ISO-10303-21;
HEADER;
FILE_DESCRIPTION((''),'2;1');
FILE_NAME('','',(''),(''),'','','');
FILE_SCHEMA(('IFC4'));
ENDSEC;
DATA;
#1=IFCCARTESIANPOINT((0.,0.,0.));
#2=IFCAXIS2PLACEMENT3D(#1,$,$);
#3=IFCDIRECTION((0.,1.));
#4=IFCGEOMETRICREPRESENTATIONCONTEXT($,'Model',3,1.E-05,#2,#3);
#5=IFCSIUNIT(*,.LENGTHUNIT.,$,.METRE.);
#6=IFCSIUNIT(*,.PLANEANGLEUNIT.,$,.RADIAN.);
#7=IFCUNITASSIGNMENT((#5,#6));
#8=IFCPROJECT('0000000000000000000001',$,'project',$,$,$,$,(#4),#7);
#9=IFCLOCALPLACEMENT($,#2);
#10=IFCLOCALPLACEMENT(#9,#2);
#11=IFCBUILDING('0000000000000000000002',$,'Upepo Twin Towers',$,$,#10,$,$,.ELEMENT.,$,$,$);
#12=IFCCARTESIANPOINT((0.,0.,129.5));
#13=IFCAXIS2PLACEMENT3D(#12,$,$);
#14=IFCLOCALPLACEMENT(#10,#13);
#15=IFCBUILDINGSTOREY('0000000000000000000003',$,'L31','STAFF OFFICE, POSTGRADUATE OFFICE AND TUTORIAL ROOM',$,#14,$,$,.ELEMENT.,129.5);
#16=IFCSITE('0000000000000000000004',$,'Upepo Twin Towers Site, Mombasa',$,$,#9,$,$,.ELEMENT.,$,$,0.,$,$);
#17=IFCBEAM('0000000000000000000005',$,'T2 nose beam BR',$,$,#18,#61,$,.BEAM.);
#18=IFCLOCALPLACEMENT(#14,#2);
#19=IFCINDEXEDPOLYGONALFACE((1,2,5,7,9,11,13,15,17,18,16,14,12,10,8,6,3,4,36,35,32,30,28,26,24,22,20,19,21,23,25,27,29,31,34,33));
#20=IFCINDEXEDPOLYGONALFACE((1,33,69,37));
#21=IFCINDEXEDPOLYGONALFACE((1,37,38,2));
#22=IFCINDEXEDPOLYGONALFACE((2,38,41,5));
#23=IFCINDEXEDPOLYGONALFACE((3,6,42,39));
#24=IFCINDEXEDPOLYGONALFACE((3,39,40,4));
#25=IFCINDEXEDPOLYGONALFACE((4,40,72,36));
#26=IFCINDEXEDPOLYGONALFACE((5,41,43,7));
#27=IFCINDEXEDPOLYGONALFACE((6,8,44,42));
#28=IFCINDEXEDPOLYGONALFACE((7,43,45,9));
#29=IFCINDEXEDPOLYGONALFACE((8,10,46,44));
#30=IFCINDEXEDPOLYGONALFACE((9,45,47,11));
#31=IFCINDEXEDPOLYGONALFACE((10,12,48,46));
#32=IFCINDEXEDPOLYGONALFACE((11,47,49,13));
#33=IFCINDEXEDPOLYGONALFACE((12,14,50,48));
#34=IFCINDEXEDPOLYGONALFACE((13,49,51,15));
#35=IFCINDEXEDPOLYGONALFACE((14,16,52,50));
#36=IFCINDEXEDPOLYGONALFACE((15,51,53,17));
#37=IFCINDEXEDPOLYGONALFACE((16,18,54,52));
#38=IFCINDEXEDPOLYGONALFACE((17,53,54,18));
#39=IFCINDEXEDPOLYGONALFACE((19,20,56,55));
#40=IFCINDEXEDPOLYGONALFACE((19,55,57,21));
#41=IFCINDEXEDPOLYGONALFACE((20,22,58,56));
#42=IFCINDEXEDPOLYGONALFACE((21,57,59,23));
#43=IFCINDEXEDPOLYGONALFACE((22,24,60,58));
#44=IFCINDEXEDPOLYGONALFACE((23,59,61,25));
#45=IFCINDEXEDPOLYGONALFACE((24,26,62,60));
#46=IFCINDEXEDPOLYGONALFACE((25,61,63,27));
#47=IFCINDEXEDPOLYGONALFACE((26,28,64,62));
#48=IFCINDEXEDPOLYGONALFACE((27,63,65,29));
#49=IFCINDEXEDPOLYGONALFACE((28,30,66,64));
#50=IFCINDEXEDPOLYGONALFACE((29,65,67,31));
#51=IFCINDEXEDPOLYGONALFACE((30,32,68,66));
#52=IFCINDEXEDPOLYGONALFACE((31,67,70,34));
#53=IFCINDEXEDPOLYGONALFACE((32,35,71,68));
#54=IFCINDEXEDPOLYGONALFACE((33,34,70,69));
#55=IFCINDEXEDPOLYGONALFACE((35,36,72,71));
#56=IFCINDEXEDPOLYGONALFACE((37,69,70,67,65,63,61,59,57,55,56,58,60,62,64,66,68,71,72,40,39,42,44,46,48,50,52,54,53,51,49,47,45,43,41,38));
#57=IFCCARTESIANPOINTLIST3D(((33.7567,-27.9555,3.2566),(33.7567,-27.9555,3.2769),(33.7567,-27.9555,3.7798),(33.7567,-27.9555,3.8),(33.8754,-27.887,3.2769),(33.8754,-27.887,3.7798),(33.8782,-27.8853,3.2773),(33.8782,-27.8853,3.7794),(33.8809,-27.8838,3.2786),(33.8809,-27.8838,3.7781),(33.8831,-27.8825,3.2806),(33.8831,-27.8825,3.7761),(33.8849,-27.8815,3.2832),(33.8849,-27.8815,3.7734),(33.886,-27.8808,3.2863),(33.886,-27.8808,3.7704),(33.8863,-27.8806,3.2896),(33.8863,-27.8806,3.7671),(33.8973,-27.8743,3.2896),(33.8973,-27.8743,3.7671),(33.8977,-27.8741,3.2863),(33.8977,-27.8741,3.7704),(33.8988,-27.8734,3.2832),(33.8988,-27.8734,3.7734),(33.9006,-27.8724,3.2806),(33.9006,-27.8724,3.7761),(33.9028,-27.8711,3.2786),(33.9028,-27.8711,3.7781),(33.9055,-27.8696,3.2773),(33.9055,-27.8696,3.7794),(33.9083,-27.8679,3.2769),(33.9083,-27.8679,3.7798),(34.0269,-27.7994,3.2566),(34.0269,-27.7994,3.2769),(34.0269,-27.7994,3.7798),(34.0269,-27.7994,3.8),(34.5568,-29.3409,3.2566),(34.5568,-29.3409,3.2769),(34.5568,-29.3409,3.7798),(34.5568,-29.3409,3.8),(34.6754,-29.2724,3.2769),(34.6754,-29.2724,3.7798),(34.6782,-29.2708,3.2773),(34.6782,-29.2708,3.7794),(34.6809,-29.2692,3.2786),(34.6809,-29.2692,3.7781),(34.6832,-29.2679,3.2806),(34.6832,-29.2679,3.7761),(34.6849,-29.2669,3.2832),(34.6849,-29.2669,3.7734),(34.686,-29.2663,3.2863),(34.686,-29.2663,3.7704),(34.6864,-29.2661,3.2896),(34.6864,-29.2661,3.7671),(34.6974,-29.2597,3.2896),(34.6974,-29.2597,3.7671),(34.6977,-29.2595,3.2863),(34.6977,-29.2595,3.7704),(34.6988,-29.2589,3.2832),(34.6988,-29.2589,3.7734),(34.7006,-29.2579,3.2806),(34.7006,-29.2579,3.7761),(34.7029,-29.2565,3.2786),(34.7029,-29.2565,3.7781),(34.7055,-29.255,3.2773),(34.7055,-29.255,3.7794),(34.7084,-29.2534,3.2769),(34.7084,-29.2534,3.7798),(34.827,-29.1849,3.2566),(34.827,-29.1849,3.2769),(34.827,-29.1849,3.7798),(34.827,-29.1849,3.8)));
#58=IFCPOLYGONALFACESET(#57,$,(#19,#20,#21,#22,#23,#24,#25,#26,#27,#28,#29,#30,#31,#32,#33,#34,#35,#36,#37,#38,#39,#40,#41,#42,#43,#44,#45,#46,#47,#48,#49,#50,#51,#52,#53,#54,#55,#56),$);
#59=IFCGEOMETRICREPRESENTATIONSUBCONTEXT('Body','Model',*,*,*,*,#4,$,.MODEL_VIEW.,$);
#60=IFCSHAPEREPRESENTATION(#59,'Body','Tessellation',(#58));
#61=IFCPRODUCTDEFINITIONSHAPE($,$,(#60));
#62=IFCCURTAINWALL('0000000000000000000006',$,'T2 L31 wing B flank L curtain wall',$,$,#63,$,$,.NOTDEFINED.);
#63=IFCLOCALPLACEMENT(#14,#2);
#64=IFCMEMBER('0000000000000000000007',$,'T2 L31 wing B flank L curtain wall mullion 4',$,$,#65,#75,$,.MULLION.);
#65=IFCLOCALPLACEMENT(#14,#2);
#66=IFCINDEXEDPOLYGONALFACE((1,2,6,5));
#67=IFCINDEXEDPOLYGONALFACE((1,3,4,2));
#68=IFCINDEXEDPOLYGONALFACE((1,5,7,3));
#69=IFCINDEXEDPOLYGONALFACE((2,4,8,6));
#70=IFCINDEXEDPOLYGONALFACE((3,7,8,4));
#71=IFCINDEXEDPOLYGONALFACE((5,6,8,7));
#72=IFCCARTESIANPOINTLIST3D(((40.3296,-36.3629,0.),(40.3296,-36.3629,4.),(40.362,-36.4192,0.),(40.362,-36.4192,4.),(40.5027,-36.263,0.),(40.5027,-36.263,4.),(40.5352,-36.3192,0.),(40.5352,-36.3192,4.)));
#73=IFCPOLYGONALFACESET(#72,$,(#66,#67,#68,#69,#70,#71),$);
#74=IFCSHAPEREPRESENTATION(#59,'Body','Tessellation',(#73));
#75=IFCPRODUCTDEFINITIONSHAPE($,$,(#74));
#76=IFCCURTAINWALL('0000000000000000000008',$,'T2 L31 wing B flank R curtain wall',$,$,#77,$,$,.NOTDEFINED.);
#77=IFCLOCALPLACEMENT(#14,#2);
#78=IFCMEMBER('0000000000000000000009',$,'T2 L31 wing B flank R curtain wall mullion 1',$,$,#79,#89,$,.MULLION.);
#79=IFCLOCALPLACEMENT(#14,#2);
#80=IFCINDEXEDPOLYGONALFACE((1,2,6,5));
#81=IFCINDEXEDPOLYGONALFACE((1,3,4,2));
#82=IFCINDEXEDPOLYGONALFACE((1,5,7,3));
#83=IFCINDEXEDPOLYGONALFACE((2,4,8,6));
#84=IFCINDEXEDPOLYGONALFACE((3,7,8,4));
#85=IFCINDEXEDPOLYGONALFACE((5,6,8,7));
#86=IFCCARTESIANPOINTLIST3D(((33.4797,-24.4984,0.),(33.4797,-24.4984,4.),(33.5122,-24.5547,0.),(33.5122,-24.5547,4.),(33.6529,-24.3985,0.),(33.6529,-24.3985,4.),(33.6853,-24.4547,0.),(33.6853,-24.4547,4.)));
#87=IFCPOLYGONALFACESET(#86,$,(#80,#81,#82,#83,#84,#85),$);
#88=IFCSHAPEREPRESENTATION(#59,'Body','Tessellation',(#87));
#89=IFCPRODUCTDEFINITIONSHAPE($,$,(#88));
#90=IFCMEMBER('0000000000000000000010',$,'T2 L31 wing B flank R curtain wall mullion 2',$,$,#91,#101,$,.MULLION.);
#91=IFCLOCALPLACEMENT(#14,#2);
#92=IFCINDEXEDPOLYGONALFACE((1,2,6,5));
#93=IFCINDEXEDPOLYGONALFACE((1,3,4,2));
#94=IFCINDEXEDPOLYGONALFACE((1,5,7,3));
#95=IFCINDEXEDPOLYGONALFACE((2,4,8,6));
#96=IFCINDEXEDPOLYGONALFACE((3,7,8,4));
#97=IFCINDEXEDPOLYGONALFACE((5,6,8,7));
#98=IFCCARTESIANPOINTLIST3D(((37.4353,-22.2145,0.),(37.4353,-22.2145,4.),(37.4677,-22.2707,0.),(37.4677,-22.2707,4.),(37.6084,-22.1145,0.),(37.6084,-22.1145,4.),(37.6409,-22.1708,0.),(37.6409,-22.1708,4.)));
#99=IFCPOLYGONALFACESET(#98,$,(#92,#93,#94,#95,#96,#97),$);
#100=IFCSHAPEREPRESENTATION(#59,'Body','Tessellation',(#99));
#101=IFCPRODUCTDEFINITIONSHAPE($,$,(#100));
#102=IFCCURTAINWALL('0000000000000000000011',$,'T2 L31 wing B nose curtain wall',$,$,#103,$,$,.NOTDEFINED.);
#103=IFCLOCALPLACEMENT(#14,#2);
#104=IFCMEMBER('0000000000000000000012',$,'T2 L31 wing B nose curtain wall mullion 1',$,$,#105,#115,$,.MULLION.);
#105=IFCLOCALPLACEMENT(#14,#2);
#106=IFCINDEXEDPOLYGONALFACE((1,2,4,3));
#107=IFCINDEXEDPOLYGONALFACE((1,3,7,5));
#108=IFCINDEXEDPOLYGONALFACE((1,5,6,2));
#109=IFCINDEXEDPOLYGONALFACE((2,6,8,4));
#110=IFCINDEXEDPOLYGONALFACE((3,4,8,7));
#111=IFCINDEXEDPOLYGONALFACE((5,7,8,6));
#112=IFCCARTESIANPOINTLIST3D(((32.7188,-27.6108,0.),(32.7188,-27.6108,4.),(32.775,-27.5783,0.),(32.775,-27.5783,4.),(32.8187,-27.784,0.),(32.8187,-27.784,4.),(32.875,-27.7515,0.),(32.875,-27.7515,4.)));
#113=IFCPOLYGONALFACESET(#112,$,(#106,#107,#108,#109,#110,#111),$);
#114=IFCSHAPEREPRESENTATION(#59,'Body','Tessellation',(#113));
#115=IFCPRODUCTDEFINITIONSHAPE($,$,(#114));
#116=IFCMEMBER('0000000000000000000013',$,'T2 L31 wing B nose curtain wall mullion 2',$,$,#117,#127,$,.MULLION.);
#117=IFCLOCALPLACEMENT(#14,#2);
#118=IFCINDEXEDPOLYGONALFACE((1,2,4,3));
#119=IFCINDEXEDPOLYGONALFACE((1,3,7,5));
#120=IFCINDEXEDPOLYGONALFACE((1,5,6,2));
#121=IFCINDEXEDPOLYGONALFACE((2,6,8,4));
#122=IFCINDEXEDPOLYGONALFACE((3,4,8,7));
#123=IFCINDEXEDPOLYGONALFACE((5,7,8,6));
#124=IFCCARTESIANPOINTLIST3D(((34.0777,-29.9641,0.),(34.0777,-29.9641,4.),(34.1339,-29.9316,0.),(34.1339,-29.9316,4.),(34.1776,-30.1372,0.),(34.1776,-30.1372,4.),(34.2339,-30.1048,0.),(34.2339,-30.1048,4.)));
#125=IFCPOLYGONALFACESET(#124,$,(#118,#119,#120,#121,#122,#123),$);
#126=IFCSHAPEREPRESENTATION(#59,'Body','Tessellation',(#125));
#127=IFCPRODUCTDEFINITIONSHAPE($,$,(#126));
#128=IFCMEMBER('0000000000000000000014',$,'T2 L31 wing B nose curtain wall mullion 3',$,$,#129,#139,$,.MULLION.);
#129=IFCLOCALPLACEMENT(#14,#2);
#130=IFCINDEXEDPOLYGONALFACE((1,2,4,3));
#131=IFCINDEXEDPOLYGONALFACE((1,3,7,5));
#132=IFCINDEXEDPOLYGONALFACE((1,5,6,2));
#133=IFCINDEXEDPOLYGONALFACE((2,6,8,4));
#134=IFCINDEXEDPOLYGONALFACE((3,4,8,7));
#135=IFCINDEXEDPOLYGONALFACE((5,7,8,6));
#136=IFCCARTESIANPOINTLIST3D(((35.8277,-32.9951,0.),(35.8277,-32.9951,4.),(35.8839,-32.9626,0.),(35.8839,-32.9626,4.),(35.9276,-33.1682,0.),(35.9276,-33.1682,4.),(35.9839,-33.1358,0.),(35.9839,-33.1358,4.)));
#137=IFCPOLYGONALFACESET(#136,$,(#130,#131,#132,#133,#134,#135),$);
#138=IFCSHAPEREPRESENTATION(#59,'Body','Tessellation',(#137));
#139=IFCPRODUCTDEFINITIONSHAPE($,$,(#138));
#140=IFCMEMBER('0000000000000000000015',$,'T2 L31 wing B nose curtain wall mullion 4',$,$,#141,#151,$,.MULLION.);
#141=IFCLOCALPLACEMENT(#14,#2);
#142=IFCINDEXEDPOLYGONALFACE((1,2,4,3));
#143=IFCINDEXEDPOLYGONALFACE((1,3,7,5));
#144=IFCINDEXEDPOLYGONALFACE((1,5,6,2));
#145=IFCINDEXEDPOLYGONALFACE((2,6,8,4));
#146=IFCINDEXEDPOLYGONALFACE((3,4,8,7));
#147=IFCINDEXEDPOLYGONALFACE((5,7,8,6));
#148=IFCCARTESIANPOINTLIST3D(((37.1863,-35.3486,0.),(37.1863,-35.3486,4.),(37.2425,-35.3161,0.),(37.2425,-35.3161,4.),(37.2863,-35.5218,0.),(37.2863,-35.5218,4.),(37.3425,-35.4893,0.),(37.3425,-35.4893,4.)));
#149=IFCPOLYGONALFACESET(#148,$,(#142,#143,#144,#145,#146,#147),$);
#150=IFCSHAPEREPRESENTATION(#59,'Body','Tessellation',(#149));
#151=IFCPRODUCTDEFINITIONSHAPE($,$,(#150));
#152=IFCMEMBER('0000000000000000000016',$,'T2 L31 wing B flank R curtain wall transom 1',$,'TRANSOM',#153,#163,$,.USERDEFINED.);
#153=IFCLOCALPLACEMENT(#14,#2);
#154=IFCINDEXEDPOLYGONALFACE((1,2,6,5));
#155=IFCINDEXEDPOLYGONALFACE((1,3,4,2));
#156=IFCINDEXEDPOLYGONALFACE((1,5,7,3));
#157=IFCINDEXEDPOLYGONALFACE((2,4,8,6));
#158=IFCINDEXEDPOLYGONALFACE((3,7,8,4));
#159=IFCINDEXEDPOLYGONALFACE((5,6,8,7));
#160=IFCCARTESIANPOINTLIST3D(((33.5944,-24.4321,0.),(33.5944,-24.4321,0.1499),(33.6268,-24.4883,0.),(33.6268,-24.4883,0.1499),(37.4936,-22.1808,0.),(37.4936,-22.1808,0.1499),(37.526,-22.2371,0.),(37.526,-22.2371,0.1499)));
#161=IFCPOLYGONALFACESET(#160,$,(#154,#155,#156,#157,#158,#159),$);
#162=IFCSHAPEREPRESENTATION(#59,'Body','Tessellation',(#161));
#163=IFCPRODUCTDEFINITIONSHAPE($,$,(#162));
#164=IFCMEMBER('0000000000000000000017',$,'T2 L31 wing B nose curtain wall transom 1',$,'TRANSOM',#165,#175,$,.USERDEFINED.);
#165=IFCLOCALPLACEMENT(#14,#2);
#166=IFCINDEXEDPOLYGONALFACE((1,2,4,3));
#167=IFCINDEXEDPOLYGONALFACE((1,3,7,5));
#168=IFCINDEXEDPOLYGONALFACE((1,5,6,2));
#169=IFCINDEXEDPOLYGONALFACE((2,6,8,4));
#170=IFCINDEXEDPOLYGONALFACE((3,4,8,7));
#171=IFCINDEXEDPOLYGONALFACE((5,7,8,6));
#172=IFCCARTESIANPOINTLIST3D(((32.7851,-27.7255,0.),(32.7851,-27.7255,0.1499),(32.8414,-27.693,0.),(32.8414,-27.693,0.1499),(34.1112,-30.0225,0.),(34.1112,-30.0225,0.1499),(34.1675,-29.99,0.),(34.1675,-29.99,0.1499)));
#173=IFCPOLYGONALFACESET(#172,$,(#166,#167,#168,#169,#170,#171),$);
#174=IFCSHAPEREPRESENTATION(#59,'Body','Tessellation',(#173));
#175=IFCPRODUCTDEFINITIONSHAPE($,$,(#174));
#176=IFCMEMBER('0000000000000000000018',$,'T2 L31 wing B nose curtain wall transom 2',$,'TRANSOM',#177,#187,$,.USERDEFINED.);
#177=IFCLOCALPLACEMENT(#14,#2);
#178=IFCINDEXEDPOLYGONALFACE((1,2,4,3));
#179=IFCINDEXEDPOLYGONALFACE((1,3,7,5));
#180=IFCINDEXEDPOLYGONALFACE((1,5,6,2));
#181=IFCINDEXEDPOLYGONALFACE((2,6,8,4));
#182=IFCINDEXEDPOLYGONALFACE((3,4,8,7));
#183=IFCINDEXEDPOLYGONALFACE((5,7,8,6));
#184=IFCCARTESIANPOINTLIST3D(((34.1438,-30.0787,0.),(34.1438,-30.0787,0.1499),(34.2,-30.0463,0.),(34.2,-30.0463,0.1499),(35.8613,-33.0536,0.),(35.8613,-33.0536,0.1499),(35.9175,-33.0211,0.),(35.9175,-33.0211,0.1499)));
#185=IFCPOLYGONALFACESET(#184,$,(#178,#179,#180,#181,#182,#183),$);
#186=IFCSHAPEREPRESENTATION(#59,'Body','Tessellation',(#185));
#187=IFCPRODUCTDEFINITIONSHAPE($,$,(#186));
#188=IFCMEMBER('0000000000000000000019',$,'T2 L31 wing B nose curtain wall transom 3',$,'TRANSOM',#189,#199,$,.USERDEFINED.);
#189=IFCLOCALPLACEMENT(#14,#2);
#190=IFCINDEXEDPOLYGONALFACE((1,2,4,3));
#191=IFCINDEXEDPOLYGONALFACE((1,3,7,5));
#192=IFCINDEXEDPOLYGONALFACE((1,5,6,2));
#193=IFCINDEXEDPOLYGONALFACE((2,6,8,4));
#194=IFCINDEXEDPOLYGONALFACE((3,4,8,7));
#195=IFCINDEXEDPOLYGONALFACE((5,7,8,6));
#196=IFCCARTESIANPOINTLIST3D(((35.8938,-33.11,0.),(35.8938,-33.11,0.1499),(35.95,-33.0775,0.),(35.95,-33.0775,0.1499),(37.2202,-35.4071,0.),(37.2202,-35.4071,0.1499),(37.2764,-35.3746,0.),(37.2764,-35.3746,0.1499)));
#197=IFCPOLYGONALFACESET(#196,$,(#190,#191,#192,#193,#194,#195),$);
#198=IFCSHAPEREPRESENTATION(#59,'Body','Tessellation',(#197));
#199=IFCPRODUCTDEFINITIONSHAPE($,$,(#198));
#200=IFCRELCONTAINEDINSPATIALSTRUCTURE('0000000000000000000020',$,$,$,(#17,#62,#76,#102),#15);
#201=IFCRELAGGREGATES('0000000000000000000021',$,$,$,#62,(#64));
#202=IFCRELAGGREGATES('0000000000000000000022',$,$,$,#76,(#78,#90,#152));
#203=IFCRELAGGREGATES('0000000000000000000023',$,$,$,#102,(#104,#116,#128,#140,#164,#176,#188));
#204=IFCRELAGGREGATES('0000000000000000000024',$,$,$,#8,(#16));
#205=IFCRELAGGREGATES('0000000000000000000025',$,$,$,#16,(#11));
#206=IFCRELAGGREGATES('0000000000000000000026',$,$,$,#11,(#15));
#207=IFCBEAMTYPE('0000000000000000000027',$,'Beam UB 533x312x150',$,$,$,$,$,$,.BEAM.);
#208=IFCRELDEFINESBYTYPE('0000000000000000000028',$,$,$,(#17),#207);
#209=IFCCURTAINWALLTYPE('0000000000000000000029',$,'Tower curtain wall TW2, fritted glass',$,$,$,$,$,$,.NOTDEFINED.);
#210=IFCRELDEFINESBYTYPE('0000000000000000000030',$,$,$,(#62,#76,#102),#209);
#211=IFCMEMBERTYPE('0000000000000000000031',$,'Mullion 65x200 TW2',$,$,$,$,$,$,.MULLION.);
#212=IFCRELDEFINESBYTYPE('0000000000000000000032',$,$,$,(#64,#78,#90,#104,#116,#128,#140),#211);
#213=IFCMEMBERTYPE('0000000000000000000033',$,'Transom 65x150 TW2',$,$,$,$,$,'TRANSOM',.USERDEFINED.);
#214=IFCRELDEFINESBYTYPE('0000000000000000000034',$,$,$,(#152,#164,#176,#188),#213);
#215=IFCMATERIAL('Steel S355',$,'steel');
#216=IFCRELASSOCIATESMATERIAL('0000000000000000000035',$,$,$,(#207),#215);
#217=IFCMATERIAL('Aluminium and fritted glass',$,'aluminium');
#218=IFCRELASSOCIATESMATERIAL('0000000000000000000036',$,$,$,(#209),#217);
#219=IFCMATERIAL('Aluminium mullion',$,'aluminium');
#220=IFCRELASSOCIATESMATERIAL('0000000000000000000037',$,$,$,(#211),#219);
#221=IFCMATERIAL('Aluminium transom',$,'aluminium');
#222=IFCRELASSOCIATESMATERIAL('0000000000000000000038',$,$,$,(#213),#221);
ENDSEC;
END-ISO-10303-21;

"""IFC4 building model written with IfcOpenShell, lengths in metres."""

from ifc_helpers import new_model, si_unit, direction, frame, origin, origin_2d, place, context, subcontext, project, spatial, rectangle, i_section, extrude, material, material_profile, profile_set, type_object, element, aggregate, save


model = new_model("IFC4")

# Units and contexts
model_context = context("Model", 3, precision=1e-05, world=origin(), true_north=direction((0.0, 1.0)))
body_context = subcontext(model_context, "Body", "Model", "MODEL_VIEW")
ifc_project = project(units=[si_unit("LENGTHUNIT", "METRE"), si_unit("PLANEANGLEUNIT", "RADIAN")], contexts=[model_context])

# Site, building, storey
site_placement = place(None, origin())
site = spatial("IfcSite", under=ifc_project, at=site_placement, Name="Upepo Twin Towers Site, Mombasa", CompositionType="ELEMENT", RefElevation=0.0)
building_placement = place(site_placement, origin())
building = spatial("IfcBuilding", under=site, at=building_placement, Name="Upepo Twin Towers", CompositionType="ELEMENT")
storey_placement = place(building_placement, frame((0.0, 0.0, 129.5)))
storey = spatial("IfcBuildingStorey", under=building, at=storey_placement, Name="L31", Description="STAFF OFFICE, POSTGRADUATE OFFICE AND TUTORIAL ROOM", CompositionType="ELEMENT", Elevation=129.5)

# Beam
ifc_material_1 = material(Name="Steel S355", Category="steel")
ifc_material_profile_1 = material_profile(ifc_material_1, i_section(OverallWidth=0.312, OverallDepth=0.5435, WebThickness=0.0127, FlangeThickness=0.0203, FilletRadius=0.0127, at=origin_2d()), Name="UB 533x312x150")
ifc_profile_set_1 = profile_set([ifc_material_profile_1], Name="Steel S355")
beam_type_1 = type_object("IfcBeamType", Name="Beam UB 533x312x150", PredefinedType="BEAM", material=ifc_profile_set_1)
for number, where, z_axis, x_axis, name in (
    (1, (33.8918, -27.8774, 3.5283), (0.500061, -0.86599, 0.0), (0.86599, 0.500061, 0.0), "T2 nose beam BR"),
):
    element("IfcBeam", number, at=place(storey_placement, frame(where, z_axis=z_axis, x_axis=x_axis)), inside=storey, type_object=beam_type_1, Name=name, PredefinedType="BEAM", context=body_context, shape_type="SweptSolid", body=[
        extrude(i_section(OverallWidth=0.312, OverallDepth=0.5435, WebThickness=0.0127, FlangeThickness=0.0203, FilletRadius=0.0127, at=origin_2d()), origin(), (0.0, 0.0, 1.0), 1.5999),
    ])

# Curtain wall, member
ifc_material_2 = material(Name="Aluminium and fritted glass", Category="aluminium")
curtain_wall_type = type_object("IfcCurtainWallType", Name="Tower curtain wall TW2, fritted glass", PredefinedType="NOTDEFINED", material=ifc_material_2)
curtain_wall_1_placement = place(storey_placement, origin())
curtain_wall_1 = element("IfcCurtainWall", 2, at=curtain_wall_1_placement, inside=storey, type_object=curtain_wall_type, Name="T2 L31 wing B flank L curtain wall", PredefinedType="NOTDEFINED")
ifc_material_3 = material(Name="Aluminium mullion", Category="aluminium")
ifc_material_profile_2 = material_profile(ifc_material_3, rectangle(XDim=0.0649, YDim=0.2, at=origin_2d()), Name="MULLION 65x200")
ifc_profile_set_2 = profile_set([ifc_material_profile_2], Name="Aluminium mullion")
member_type_1 = type_object("IfcMemberType", Name="Mullion 65x200 TW2", PredefinedType="MULLION", material=ifc_profile_set_2)
member_1_placement = place(storey_placement, frame((40.4324, -36.3411, 0.0), z_axis=(0.0, 0.0, 1.0), x_axis=(0.5, -0.866025, 0.0)))
member_1 = element("IfcMember", 3, at=member_1_placement, type_object=member_type_1, Name="T2 L31 wing B flank L curtain wall mullion 4", PredefinedType="MULLION", context=body_context, shape_type="SweptSolid", body=[
    extrude(rectangle(XDim=0.0649, YDim=0.2, at=origin_2d()), origin(), (0.0, 0.0, 1.0), 4.0),
])
aggregate(curtain_wall_1, [member_1])

# Curtain walls, members
curtain_wall_2_placement = place(storey_placement, origin())
curtain_wall_2 = element("IfcCurtainWall", 4, at=curtain_wall_2_placement, inside=storey, type_object=curtain_wall_type, Name="T2 L31 wing B flank R curtain wall", PredefinedType="NOTDEFINED")
member_2_placement = place(storey_placement, frame((33.5825, -24.4766, 0.0), z_axis=(0.0, 0.0, 1.0), x_axis=(-0.5, 0.866025, 0.0)))
member_2 = element("IfcMember", 5, at=member_2_placement, type_object=member_type_1, Name="T2 L31 wing B flank R curtain wall mullion 1", PredefinedType="MULLION", context=body_context, shape_type="SweptSolid", body=[
    extrude(rectangle(XDim=0.0649, YDim=0.2, at=origin_2d()), origin(), (0.0, 0.0, 1.0), 4.0),
])
member_3_placement = place(storey_placement, frame((37.5381, -22.1926, 0.0), z_axis=(0.0, 0.0, 1.0), x_axis=(-0.5, 0.866025, 0.0)))
member_3 = element("IfcMember", 6, at=member_3_placement, type_object=member_type_1, Name="T2 L31 wing B flank R curtain wall mullion 2", PredefinedType="MULLION", context=body_context, shape_type="SweptSolid", body=[
    extrude(rectangle(XDim=0.0649, YDim=0.2, at=origin_2d()), origin(), (0.0, 0.0, 1.0), 4.0),
])
curtain_wall_3_placement = place(storey_placement, origin())
curtain_wall_3 = element("IfcCurtainWall", 7, at=curtain_wall_3_placement, inside=storey, type_object=curtain_wall_type, Name="T2 L31 wing B nose curtain wall", PredefinedType="NOTDEFINED")
member_4_placement = place(storey_placement, frame((32.7969, -27.6812, 0.0), z_axis=(0.0, 0.0, 1.0), x_axis=(0.866025, 0.5, 0.0)))
member_4 = element("IfcMember", 8, at=member_4_placement, type_object=member_type_1, Name="T2 L31 wing B nose curtain wall mullion 1", PredefinedType="MULLION", context=body_context, shape_type="SweptSolid", body=[
    extrude(rectangle(XDim=0.0649, YDim=0.2, at=origin_2d()), origin(), (0.0, 0.0, 1.0), 4.0),
])
member_5_placement = place(storey_placement, frame((34.1558, -30.0344, 0.0), z_axis=(0.0, 0.0, 1.0), x_axis=(0.866025, 0.5, 0.0)))
member_5 = element("IfcMember", 9, at=member_5_placement, type_object=member_type_1, Name="T2 L31 wing B nose curtain wall mullion 2", PredefinedType="MULLION", context=body_context, shape_type="SweptSolid", body=[
    extrude(rectangle(XDim=0.0649, YDim=0.2, at=origin_2d()), origin(), (0.0, 0.0, 1.0), 4.0),
])
member_6_placement = place(storey_placement, frame((35.9058, -33.0654, 0.0), z_axis=(0.0, 0.0, 1.0), x_axis=(0.866025, 0.5, 0.0)))
member_6 = element("IfcMember", 10, at=member_6_placement, type_object=member_type_1, Name="T2 L31 wing B nose curtain wall mullion 3", PredefinedType="MULLION", context=body_context, shape_type="SweptSolid", body=[
    extrude(rectangle(XDim=0.0649, YDim=0.2, at=origin_2d()), origin(), (0.0, 0.0, 1.0), 4.0),
])
member_7_placement = place(storey_placement, frame((37.2644, -35.4189, 0.0), z_axis=(0.0, 0.0, 1.0), x_axis=(0.866025, 0.5, 0.0)))
member_7 = element("IfcMember", 11, at=member_7_placement, type_object=member_type_1, Name="T2 L31 wing B nose curtain wall mullion 4", PredefinedType="MULLION", context=body_context, shape_type="SweptSolid", body=[
    extrude(rectangle(XDim=0.0649, YDim=0.2, at=origin_2d()), origin(), (0.0, 0.0, 1.0), 4.0),
])

# Members
ifc_material_4 = material(Name="Aluminium transom", Category="aluminium")
ifc_material_profile_3 = material_profile(ifc_material_4, rectangle(XDim=0.0649, YDim=0.1499, at=origin_2d()), Name="TRANSOM 65x150")
ifc_profile_set_3 = profile_set([ifc_material_profile_3], Name="Aluminium transom")
member_type_2 = type_object("IfcMemberType", Name="Transom 65x150 TW2", ElementType="TRANSOM", PredefinedType="USERDEFINED", material=ifc_profile_set_3)
member_8_placement = place(storey_placement, frame((33.6106, -24.4602, 0.075), z_axis=(0.866022, 0.500006, 0.0), x_axis=(-0.500006, 0.866022, 0.0)))
member_8 = element("IfcMember", 12, at=member_8_placement, type_object=member_type_2, Name="T2 L31 wing B flank R curtain wall transom 1", ObjectType="TRANSOM", PredefinedType="USERDEFINED", context=body_context, shape_type="SweptSolid", body=[
    extrude(rectangle(XDim=0.0649, YDim=0.1499, at=origin_2d()), origin(), (0.0, 0.0, 1.0), 4.5024),
])
member_9_placement = place(storey_placement, frame((32.8132, -27.7092, 0.075), z_axis=(0.49998, -0.866037, 0.0), x_axis=(0.866037, 0.49998, 0.0)))
member_9 = element("IfcMember", 13, at=member_9_placement, type_object=member_type_2, Name="T2 L31 wing B nose curtain wall transom 1", ObjectType="TRANSOM", PredefinedType="USERDEFINED", context=body_context, shape_type="SweptSolid", body=[
    extrude(rectangle(XDim=0.0649, YDim=0.1499, at=origin_2d()), origin(), (0.0, 0.0, 1.0), 2.6523),
])
member_10_placement = place(storey_placement, frame((34.1719, -30.0625, 0.075), z_axis=(0.499999, -0.866026, 0.0), x_axis=(0.866026, 0.499999, 0.0)))
member_10 = element("IfcMember", 14, at=member_10_placement, type_object=member_type_2, Name="T2 L31 wing B nose curtain wall transom 2", ObjectType="TRANSOM", PredefinedType="USERDEFINED", context=body_context, shape_type="SweptSolid", body=[
    extrude(rectangle(XDim=0.0649, YDim=0.1499, at=origin_2d()), origin(), (0.0, 0.0, 1.0), 3.4351),
])
member_11_placement = place(storey_placement, frame((35.9219, -33.0938, 0.075), z_axis=(0.500049, -0.865997, 0.0), x_axis=(0.865997, 0.500049, 0.0)))
member_11 = element("IfcMember", 15, at=member_11_placement, type_object=member_type_2, Name="T2 L31 wing B nose curtain wall transom 3", ObjectType="TRANSOM", PredefinedType="USERDEFINED", context=body_context, shape_type="SweptSolid", body=[
    extrude(rectangle(XDim=0.0649, YDim=0.1499, at=origin_2d()), origin(), (0.0, 0.0, 1.0), 2.6526),
])

aggregate(curtain_wall_2, [member_2, member_3, member_8])
aggregate(curtain_wall_3, [member_4, member_5, member_6, member_7, member_9, member_10, member_11])

save(model, "model.ifc")
